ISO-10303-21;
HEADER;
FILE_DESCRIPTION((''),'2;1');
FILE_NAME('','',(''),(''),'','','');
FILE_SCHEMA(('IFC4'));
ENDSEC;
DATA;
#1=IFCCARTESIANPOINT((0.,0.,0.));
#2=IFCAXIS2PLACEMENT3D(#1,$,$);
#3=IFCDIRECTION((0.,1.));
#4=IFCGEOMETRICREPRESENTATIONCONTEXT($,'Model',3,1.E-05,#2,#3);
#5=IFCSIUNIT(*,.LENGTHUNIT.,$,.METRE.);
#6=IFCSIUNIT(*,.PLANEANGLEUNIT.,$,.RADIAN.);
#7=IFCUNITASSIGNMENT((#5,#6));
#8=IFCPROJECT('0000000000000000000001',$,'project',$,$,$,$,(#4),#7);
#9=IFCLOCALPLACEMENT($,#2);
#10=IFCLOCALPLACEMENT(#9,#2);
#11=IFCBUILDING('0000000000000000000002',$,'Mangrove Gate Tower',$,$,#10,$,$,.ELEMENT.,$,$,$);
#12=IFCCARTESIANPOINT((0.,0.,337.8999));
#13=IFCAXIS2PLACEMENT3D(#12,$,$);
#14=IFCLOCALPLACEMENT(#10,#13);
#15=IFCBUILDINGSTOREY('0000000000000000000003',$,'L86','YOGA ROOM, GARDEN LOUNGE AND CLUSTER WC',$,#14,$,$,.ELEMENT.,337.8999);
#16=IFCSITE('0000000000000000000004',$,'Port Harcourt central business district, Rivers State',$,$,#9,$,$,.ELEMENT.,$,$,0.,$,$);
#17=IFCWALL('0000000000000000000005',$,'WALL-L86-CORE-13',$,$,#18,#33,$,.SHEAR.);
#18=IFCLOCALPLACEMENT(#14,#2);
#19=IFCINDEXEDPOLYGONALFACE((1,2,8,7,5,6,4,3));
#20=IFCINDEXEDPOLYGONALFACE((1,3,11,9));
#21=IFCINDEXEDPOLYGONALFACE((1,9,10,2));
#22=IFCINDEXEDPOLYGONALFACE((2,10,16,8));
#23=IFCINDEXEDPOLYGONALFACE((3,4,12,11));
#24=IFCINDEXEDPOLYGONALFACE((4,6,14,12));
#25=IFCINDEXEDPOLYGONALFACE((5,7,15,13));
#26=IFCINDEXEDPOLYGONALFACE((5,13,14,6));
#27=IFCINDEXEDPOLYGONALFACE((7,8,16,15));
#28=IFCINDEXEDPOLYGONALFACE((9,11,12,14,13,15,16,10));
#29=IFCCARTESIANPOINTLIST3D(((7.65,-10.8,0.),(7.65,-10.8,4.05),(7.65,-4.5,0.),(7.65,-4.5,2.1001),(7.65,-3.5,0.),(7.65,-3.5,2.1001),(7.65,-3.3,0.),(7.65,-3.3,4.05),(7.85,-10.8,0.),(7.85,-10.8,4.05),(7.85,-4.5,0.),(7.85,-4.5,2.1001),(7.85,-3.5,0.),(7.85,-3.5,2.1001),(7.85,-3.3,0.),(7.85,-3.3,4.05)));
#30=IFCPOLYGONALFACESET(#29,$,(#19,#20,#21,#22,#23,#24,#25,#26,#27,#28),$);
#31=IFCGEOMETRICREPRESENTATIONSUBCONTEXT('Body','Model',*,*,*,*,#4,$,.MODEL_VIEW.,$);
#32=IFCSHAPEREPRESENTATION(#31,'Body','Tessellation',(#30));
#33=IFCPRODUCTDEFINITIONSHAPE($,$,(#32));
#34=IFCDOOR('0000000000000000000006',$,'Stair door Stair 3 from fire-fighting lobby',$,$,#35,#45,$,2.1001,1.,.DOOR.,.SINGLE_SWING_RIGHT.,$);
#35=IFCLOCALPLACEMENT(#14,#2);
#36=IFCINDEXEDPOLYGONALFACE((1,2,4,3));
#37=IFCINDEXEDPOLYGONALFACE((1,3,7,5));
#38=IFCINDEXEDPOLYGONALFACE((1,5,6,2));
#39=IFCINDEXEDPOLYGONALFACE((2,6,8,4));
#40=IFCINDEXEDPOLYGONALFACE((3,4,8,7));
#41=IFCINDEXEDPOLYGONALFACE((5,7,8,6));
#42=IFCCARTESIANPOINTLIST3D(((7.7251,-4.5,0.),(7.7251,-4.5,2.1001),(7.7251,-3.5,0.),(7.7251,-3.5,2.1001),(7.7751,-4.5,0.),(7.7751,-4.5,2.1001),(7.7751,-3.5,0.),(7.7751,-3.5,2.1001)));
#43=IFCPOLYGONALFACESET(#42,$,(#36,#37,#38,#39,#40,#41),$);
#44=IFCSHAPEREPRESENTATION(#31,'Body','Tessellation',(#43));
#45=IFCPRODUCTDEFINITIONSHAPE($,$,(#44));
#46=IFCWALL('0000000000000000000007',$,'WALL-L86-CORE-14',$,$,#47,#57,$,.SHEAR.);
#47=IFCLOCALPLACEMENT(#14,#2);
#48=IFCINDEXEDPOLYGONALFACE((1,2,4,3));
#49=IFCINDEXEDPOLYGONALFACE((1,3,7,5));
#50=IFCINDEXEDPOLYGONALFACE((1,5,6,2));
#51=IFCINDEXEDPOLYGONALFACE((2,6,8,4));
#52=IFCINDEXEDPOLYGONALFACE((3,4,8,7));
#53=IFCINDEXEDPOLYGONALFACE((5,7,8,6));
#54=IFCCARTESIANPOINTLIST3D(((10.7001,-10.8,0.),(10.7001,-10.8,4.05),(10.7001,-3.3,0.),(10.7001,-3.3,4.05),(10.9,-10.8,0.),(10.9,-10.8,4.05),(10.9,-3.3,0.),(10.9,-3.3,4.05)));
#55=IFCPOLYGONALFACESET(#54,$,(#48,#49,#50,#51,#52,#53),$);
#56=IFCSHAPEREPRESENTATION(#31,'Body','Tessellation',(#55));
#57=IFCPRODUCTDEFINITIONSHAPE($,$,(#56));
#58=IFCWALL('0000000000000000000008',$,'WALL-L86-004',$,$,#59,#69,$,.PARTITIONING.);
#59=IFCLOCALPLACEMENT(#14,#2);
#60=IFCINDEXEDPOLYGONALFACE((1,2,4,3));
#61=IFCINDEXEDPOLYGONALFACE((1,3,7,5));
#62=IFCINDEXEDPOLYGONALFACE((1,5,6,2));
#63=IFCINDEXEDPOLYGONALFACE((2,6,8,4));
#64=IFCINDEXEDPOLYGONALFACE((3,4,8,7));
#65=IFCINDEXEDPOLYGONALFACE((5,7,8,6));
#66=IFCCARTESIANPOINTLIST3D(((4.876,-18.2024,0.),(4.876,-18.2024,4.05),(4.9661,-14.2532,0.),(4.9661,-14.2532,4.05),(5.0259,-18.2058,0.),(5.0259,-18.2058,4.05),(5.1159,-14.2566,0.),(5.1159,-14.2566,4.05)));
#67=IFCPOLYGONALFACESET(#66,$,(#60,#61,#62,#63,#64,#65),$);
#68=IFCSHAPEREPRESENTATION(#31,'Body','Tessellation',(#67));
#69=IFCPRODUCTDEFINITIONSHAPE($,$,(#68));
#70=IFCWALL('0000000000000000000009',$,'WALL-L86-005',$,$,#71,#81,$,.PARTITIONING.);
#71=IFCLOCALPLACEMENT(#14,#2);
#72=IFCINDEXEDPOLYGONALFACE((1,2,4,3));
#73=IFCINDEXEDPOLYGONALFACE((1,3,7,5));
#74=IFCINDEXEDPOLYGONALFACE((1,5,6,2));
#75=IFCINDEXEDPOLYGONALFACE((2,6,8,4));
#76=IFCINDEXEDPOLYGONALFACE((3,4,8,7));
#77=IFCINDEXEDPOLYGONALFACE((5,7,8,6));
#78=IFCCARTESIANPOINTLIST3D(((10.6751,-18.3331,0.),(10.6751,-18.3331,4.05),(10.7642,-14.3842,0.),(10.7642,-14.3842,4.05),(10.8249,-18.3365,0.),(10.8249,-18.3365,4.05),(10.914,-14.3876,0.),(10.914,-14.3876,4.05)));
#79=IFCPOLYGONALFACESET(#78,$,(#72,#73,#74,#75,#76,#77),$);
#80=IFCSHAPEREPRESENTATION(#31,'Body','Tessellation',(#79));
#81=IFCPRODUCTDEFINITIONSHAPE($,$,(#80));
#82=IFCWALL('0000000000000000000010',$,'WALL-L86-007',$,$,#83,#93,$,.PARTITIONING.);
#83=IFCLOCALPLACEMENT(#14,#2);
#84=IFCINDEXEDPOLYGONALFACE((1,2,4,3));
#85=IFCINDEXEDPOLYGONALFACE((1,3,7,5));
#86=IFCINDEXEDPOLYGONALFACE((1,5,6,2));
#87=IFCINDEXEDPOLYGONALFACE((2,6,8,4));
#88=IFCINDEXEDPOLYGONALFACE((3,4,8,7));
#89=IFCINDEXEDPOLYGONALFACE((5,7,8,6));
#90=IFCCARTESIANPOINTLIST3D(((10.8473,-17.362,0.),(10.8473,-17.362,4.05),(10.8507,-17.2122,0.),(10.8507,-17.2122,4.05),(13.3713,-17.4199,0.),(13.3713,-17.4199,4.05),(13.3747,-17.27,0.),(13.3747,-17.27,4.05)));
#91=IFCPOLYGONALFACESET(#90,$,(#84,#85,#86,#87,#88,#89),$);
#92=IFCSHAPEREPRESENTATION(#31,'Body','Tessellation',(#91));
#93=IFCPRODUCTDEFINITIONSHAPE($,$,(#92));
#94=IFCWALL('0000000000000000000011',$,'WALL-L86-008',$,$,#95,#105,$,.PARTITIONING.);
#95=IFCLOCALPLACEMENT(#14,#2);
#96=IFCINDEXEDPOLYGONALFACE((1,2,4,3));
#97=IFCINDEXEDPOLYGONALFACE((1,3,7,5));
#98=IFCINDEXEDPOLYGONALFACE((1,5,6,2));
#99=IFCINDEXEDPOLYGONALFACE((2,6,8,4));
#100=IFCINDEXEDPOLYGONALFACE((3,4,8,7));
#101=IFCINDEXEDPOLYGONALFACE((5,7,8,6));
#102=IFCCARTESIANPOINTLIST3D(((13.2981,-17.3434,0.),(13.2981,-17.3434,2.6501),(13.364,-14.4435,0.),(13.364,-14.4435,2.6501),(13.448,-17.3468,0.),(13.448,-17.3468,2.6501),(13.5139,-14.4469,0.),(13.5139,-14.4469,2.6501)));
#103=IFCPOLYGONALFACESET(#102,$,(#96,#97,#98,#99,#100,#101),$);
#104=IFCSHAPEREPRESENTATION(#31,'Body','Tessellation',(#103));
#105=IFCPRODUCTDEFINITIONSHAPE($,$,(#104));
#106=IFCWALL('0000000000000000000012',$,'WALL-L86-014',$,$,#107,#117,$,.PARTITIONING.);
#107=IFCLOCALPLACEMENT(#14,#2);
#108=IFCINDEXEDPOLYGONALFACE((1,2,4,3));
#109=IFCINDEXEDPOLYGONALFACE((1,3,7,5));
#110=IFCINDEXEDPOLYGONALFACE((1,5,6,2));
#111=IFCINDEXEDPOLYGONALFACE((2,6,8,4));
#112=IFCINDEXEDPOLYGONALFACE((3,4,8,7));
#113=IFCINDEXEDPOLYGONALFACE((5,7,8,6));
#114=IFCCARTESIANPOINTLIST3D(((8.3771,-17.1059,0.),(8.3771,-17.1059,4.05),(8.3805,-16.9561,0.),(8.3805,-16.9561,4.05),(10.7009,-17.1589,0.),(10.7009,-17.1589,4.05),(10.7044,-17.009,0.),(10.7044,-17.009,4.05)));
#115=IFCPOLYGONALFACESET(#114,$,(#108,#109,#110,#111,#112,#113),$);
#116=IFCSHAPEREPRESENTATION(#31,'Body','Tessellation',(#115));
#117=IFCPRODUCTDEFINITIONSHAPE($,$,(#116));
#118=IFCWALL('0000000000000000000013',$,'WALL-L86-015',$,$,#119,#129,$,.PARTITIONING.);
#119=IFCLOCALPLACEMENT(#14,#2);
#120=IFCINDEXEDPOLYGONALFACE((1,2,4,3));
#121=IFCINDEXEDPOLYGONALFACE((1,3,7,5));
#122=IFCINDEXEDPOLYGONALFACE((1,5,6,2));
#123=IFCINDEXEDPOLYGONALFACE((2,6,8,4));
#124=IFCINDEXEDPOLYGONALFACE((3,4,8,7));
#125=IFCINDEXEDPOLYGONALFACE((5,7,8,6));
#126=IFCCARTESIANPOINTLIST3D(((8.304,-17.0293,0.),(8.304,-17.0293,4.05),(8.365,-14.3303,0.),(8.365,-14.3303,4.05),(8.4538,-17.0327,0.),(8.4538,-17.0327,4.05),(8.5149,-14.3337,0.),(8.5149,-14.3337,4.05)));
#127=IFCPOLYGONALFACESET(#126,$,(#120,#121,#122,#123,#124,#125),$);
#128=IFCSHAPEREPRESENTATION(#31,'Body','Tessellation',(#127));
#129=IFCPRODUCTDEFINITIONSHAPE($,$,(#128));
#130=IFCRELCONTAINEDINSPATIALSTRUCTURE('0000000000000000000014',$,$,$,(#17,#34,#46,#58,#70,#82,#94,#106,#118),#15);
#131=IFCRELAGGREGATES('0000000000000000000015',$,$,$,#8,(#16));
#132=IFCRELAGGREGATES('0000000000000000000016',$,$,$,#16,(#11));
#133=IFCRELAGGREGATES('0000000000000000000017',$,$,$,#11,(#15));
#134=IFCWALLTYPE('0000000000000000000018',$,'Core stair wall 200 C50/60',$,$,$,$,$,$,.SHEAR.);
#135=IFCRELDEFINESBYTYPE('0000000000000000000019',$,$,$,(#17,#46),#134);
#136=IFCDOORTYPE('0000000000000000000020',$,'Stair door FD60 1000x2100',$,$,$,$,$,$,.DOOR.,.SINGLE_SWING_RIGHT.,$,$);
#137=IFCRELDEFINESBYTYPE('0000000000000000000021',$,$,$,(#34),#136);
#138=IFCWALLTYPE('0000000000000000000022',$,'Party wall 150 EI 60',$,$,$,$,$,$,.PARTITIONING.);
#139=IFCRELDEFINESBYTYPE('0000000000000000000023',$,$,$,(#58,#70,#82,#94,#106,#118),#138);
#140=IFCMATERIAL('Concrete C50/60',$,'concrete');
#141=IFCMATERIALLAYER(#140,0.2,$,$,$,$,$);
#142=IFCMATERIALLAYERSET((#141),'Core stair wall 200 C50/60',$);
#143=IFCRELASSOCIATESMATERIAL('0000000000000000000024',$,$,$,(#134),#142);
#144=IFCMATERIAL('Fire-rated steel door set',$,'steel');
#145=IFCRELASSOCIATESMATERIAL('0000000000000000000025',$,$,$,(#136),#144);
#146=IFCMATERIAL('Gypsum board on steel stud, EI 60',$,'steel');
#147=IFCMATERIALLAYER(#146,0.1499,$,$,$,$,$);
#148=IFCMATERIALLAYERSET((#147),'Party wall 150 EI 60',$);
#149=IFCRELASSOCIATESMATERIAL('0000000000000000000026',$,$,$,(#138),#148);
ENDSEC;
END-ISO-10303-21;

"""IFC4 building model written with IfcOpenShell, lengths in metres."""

from ifc_helpers import new_model, si_unit, direction, frame, frame_2d, origin, place, context, subcontext, project, spatial, rectangle, extrude, material, layer, layer_set, type_object, element, fill, save


model = new_model("IFC4")

# Units and contexts
model_context = context("Model", 3, precision=1e-05, world=origin(), true_north=direction((0.0, 1.0)))
body_context = subcontext(model_context, "Body", "Model", "MODEL_VIEW")
ifc_project = project(units=[si_unit("LENGTHUNIT", "METRE"), si_unit("PLANEANGLEUNIT", "RADIAN")], contexts=[model_context])

# Site, building, storey
site_placement = place(None, origin())
site = spatial("IfcSite", under=ifc_project, at=site_placement, Name="Port Harcourt central business district, Rivers State", CompositionType="ELEMENT", RefElevation=0.0)
building_placement = place(site_placement, origin())
building = spatial("IfcBuilding", under=site, at=building_placement, Name="Mangrove Gate Tower", CompositionType="ELEMENT")
storey_placement = place(building_placement, frame((0.0, 0.0, 337.8999)))
storey = spatial("IfcBuildingStorey", under=building, at=storey_placement, Name="L86", Description="YOGA ROOM, GARDEN LOUNGE AND CLUSTER WC", CompositionType="ELEMENT", Elevation=337.8999)

# Wall, opening, door
ifc_material_1 = material(Name="Concrete C50/60", Category="concrete")
ifc_layer_1 = layer(ifc_material_1, 0.2)
ifc_layer_set_1 = layer_set([ifc_layer_1], Name="Core stair wall 200 C50/60")
wall_type_1 = type_object("IfcWallType", Name="Core stair wall 200 C50/60", PredefinedType="SHEAR", material=ifc_layer_set_1)
ifc_material_2 = material(Name="Fire-rated steel door set", Category="steel")
door_type = type_object("IfcDoorType", Name="Stair door FD60 1000x2100", OperationType="SINGLE_SWING_RIGHT", PredefinedType="DOOR", material=ifc_material_2)
wall_1_placement = place(storey_placement, frame((7.75, -10.8, 0.0), z_axis=(0.0, 0.0, 1.0), x_axis=(0.0, 1.0, 0.0)))
wall_1 = element("IfcWall", 1, at=wall_1_placement, inside=storey, type_object=wall_type_1, Name="WALL-L86-CORE-13", PredefinedType="SHEAR", context=body_context, shape_type="SweptSolid", body=[
    extrude(rectangle(XDim=7.5, YDim=0.2, at=frame_2d((3.75, 0.0))), origin(), (0.0, 0.0, 1.0), 4.05),
])
opening_1_placement = place(wall_1_placement, frame((6.3, 0.0, 0.0)))
opening_1 = element("IfcOpeningElement", 2, at=opening_1_placement, cuts=wall_1, PredefinedType="OPENING", context=body_context, shape_type="SweptSolid", body=[
    extrude(rectangle(XDim=1.0, YDim=2.1001, at=frame_2d((0.5, 1.05))), frame((0.0, 0.1099, 0.0), z_axis=(0.0, -1.0, 0.0), x_axis=(1.0, 0.0, 0.0)), (0.0, 0.0, 1.0), 0.22),
])
door_1_placement = place(opening_1_placement, origin())
door_1 = element("IfcDoor", 3, at=door_1_placement, inside=storey, type_object=door_type, Name="Stair door Stair 3 from fire-fighting lobby", OperationType="SINGLE_SWING_RIGHT", OverallHeight=2.1001, OverallWidth=1.0, PredefinedType="DOOR", context=body_context, shape_type="SweptSolid", body=[
    extrude(rectangle(XDim=1.0, YDim=2.1001, at=frame_2d((0.5, 1.05))), frame((0.0, 0.0249, 0.0), z_axis=(0.0, -1.0, 0.0), x_axis=(1.0, 0.0, 0.0)), (0.0, 0.0, 1.0), 0.05),
])
fill(opening_1, door_1)

# Walls
wall_2_placement = place(storey_placement, frame((10.8, -10.8, 0.0), z_axis=(0.0, 0.0, 1.0), x_axis=(0.0, 1.0, 0.0)))
element("IfcWall", 4, at=wall_2_placement, inside=storey, type_object=wall_type_1, Name="WALL-L86-CORE-14", PredefinedType="SHEAR", context=body_context, shape_type="SweptSolid", body=[
    extrude(rectangle(XDim=7.5, YDim=0.2, at=frame_2d((3.75, 0.0))), origin(), (0.0, 0.0, 1.0), 4.05),
])
ifc_material_3 = material(Name="Gypsum board on steel stud, EI 60", Category="steel")
ifc_layer_2 = layer(ifc_material_3, 0.1499)
ifc_layer_set_2 = layer_set([ifc_layer_2], Name="Party wall 150 EI 60")
wall_type_2 = type_object("IfcWallType", Name="Party wall 150 EI 60", PredefinedType="PARTITIONING", material=ifc_layer_set_2)
wall_3_placement = place(storey_placement, frame((4.9509, -18.2041, 0.0), z_axis=(0.0, 0.0, 1.0), x_axis=(0.022806, 0.99974, 0.0)))
element("IfcWall", 5, at=wall_3_placement, inside=storey, type_object=wall_type_2, Name="WALL-L86-004", PredefinedType="PARTITIONING", context=body_context, shape_type="SweptSolid", body=[
    extrude(rectangle(XDim=3.9502, YDim=0.1499, at=frame_2d((1.9751, 0.0))), origin(), (0.0, 0.0, 1.0), 4.05),
])
wall_4_placement = place(storey_placement, frame((10.75, -18.335, 0.0), z_axis=(0.0, 0.0, 1.0), x_axis=(0.02256, 0.999745, 0.0)))
element("IfcWall", 6, at=wall_4_placement, inside=storey, type_object=wall_type_2, Name="WALL-L86-005", PredefinedType="PARTITIONING", context=body_context, shape_type="SweptSolid", body=[
    extrude(rectangle(XDim=3.95, YDim=0.1499, at=frame_2d((1.9751, 0.0))), origin(), (0.0, 0.0, 1.0), 4.05),
])
wall_5_placement = place(storey_placement, frame((10.8491, -17.2871, 0.0), z_axis=(0.0, 0.0, 1.0), x_axis=(0.999737, -0.022919, 0.0)))
element("IfcWall", 7, at=wall_5_placement, inside=storey, type_object=wall_type_2, Name="WALL-L86-007", PredefinedType="PARTITIONING", context=body_context, shape_type="SweptSolid", body=[
    extrude(rectangle(XDim=2.5247, YDim=0.1499, at=frame_2d((1.2622, 0.0))), origin(), (0.0, 0.0, 1.0), 4.05),
])
wall_6_placement = place(storey_placement, frame((13.373, -17.345, 0.0), z_axis=(0.0, 0.0, 1.0), x_axis=(0.022725, 0.999742, 0.0)))
element("IfcWall", 8, at=wall_6_placement, inside=storey, type_object=wall_type_2, Name="WALL-L86-008", PredefinedType="PARTITIONING", context=body_context, shape_type="SweptSolid", body=[
    extrude(rectangle(XDim=2.9006, YDim=0.1499, at=frame_2d((1.4502, 0.0))), origin(), (0.0, 0.0, 1.0), 2.6501),
])
wall_7_placement = place(storey_placement, frame((8.3789, -17.031, 0.0), z_axis=(0.0, 0.0, 1.0), x_axis=(0.99974, -0.022791, 0.0)))
element("IfcWall", 9, at=wall_7_placement, inside=storey, type_object=wall_type_2, Name="WALL-L86-014", PredefinedType="PARTITIONING", context=body_context, shape_type="SweptSolid", body=[
    extrude(rectangle(XDim=2.3245, YDim=0.1499, at=frame_2d((1.1621, 0.0))), origin(), (0.0, 0.0, 1.0), 4.05),
])
wall_8_placement = place(storey_placement, frame((8.3789, -17.031, 0.0), z_axis=(0.0, 0.0, 1.0), x_axis=(0.022608, 0.999744, 0.0)))
element("IfcWall", 10, at=wall_8_placement, inside=storey, type_object=wall_type_2, Name="WALL-L86-015", PredefinedType="PARTITIONING", context=body_context, shape_type="SweptSolid", body=[
    extrude(rectangle(XDim=2.6997, YDim=0.1499, at=frame_2d((1.3499, 0.0))), origin(), (0.0, 0.0, 1.0), 4.05),
])

save(model, "model.ifc")
